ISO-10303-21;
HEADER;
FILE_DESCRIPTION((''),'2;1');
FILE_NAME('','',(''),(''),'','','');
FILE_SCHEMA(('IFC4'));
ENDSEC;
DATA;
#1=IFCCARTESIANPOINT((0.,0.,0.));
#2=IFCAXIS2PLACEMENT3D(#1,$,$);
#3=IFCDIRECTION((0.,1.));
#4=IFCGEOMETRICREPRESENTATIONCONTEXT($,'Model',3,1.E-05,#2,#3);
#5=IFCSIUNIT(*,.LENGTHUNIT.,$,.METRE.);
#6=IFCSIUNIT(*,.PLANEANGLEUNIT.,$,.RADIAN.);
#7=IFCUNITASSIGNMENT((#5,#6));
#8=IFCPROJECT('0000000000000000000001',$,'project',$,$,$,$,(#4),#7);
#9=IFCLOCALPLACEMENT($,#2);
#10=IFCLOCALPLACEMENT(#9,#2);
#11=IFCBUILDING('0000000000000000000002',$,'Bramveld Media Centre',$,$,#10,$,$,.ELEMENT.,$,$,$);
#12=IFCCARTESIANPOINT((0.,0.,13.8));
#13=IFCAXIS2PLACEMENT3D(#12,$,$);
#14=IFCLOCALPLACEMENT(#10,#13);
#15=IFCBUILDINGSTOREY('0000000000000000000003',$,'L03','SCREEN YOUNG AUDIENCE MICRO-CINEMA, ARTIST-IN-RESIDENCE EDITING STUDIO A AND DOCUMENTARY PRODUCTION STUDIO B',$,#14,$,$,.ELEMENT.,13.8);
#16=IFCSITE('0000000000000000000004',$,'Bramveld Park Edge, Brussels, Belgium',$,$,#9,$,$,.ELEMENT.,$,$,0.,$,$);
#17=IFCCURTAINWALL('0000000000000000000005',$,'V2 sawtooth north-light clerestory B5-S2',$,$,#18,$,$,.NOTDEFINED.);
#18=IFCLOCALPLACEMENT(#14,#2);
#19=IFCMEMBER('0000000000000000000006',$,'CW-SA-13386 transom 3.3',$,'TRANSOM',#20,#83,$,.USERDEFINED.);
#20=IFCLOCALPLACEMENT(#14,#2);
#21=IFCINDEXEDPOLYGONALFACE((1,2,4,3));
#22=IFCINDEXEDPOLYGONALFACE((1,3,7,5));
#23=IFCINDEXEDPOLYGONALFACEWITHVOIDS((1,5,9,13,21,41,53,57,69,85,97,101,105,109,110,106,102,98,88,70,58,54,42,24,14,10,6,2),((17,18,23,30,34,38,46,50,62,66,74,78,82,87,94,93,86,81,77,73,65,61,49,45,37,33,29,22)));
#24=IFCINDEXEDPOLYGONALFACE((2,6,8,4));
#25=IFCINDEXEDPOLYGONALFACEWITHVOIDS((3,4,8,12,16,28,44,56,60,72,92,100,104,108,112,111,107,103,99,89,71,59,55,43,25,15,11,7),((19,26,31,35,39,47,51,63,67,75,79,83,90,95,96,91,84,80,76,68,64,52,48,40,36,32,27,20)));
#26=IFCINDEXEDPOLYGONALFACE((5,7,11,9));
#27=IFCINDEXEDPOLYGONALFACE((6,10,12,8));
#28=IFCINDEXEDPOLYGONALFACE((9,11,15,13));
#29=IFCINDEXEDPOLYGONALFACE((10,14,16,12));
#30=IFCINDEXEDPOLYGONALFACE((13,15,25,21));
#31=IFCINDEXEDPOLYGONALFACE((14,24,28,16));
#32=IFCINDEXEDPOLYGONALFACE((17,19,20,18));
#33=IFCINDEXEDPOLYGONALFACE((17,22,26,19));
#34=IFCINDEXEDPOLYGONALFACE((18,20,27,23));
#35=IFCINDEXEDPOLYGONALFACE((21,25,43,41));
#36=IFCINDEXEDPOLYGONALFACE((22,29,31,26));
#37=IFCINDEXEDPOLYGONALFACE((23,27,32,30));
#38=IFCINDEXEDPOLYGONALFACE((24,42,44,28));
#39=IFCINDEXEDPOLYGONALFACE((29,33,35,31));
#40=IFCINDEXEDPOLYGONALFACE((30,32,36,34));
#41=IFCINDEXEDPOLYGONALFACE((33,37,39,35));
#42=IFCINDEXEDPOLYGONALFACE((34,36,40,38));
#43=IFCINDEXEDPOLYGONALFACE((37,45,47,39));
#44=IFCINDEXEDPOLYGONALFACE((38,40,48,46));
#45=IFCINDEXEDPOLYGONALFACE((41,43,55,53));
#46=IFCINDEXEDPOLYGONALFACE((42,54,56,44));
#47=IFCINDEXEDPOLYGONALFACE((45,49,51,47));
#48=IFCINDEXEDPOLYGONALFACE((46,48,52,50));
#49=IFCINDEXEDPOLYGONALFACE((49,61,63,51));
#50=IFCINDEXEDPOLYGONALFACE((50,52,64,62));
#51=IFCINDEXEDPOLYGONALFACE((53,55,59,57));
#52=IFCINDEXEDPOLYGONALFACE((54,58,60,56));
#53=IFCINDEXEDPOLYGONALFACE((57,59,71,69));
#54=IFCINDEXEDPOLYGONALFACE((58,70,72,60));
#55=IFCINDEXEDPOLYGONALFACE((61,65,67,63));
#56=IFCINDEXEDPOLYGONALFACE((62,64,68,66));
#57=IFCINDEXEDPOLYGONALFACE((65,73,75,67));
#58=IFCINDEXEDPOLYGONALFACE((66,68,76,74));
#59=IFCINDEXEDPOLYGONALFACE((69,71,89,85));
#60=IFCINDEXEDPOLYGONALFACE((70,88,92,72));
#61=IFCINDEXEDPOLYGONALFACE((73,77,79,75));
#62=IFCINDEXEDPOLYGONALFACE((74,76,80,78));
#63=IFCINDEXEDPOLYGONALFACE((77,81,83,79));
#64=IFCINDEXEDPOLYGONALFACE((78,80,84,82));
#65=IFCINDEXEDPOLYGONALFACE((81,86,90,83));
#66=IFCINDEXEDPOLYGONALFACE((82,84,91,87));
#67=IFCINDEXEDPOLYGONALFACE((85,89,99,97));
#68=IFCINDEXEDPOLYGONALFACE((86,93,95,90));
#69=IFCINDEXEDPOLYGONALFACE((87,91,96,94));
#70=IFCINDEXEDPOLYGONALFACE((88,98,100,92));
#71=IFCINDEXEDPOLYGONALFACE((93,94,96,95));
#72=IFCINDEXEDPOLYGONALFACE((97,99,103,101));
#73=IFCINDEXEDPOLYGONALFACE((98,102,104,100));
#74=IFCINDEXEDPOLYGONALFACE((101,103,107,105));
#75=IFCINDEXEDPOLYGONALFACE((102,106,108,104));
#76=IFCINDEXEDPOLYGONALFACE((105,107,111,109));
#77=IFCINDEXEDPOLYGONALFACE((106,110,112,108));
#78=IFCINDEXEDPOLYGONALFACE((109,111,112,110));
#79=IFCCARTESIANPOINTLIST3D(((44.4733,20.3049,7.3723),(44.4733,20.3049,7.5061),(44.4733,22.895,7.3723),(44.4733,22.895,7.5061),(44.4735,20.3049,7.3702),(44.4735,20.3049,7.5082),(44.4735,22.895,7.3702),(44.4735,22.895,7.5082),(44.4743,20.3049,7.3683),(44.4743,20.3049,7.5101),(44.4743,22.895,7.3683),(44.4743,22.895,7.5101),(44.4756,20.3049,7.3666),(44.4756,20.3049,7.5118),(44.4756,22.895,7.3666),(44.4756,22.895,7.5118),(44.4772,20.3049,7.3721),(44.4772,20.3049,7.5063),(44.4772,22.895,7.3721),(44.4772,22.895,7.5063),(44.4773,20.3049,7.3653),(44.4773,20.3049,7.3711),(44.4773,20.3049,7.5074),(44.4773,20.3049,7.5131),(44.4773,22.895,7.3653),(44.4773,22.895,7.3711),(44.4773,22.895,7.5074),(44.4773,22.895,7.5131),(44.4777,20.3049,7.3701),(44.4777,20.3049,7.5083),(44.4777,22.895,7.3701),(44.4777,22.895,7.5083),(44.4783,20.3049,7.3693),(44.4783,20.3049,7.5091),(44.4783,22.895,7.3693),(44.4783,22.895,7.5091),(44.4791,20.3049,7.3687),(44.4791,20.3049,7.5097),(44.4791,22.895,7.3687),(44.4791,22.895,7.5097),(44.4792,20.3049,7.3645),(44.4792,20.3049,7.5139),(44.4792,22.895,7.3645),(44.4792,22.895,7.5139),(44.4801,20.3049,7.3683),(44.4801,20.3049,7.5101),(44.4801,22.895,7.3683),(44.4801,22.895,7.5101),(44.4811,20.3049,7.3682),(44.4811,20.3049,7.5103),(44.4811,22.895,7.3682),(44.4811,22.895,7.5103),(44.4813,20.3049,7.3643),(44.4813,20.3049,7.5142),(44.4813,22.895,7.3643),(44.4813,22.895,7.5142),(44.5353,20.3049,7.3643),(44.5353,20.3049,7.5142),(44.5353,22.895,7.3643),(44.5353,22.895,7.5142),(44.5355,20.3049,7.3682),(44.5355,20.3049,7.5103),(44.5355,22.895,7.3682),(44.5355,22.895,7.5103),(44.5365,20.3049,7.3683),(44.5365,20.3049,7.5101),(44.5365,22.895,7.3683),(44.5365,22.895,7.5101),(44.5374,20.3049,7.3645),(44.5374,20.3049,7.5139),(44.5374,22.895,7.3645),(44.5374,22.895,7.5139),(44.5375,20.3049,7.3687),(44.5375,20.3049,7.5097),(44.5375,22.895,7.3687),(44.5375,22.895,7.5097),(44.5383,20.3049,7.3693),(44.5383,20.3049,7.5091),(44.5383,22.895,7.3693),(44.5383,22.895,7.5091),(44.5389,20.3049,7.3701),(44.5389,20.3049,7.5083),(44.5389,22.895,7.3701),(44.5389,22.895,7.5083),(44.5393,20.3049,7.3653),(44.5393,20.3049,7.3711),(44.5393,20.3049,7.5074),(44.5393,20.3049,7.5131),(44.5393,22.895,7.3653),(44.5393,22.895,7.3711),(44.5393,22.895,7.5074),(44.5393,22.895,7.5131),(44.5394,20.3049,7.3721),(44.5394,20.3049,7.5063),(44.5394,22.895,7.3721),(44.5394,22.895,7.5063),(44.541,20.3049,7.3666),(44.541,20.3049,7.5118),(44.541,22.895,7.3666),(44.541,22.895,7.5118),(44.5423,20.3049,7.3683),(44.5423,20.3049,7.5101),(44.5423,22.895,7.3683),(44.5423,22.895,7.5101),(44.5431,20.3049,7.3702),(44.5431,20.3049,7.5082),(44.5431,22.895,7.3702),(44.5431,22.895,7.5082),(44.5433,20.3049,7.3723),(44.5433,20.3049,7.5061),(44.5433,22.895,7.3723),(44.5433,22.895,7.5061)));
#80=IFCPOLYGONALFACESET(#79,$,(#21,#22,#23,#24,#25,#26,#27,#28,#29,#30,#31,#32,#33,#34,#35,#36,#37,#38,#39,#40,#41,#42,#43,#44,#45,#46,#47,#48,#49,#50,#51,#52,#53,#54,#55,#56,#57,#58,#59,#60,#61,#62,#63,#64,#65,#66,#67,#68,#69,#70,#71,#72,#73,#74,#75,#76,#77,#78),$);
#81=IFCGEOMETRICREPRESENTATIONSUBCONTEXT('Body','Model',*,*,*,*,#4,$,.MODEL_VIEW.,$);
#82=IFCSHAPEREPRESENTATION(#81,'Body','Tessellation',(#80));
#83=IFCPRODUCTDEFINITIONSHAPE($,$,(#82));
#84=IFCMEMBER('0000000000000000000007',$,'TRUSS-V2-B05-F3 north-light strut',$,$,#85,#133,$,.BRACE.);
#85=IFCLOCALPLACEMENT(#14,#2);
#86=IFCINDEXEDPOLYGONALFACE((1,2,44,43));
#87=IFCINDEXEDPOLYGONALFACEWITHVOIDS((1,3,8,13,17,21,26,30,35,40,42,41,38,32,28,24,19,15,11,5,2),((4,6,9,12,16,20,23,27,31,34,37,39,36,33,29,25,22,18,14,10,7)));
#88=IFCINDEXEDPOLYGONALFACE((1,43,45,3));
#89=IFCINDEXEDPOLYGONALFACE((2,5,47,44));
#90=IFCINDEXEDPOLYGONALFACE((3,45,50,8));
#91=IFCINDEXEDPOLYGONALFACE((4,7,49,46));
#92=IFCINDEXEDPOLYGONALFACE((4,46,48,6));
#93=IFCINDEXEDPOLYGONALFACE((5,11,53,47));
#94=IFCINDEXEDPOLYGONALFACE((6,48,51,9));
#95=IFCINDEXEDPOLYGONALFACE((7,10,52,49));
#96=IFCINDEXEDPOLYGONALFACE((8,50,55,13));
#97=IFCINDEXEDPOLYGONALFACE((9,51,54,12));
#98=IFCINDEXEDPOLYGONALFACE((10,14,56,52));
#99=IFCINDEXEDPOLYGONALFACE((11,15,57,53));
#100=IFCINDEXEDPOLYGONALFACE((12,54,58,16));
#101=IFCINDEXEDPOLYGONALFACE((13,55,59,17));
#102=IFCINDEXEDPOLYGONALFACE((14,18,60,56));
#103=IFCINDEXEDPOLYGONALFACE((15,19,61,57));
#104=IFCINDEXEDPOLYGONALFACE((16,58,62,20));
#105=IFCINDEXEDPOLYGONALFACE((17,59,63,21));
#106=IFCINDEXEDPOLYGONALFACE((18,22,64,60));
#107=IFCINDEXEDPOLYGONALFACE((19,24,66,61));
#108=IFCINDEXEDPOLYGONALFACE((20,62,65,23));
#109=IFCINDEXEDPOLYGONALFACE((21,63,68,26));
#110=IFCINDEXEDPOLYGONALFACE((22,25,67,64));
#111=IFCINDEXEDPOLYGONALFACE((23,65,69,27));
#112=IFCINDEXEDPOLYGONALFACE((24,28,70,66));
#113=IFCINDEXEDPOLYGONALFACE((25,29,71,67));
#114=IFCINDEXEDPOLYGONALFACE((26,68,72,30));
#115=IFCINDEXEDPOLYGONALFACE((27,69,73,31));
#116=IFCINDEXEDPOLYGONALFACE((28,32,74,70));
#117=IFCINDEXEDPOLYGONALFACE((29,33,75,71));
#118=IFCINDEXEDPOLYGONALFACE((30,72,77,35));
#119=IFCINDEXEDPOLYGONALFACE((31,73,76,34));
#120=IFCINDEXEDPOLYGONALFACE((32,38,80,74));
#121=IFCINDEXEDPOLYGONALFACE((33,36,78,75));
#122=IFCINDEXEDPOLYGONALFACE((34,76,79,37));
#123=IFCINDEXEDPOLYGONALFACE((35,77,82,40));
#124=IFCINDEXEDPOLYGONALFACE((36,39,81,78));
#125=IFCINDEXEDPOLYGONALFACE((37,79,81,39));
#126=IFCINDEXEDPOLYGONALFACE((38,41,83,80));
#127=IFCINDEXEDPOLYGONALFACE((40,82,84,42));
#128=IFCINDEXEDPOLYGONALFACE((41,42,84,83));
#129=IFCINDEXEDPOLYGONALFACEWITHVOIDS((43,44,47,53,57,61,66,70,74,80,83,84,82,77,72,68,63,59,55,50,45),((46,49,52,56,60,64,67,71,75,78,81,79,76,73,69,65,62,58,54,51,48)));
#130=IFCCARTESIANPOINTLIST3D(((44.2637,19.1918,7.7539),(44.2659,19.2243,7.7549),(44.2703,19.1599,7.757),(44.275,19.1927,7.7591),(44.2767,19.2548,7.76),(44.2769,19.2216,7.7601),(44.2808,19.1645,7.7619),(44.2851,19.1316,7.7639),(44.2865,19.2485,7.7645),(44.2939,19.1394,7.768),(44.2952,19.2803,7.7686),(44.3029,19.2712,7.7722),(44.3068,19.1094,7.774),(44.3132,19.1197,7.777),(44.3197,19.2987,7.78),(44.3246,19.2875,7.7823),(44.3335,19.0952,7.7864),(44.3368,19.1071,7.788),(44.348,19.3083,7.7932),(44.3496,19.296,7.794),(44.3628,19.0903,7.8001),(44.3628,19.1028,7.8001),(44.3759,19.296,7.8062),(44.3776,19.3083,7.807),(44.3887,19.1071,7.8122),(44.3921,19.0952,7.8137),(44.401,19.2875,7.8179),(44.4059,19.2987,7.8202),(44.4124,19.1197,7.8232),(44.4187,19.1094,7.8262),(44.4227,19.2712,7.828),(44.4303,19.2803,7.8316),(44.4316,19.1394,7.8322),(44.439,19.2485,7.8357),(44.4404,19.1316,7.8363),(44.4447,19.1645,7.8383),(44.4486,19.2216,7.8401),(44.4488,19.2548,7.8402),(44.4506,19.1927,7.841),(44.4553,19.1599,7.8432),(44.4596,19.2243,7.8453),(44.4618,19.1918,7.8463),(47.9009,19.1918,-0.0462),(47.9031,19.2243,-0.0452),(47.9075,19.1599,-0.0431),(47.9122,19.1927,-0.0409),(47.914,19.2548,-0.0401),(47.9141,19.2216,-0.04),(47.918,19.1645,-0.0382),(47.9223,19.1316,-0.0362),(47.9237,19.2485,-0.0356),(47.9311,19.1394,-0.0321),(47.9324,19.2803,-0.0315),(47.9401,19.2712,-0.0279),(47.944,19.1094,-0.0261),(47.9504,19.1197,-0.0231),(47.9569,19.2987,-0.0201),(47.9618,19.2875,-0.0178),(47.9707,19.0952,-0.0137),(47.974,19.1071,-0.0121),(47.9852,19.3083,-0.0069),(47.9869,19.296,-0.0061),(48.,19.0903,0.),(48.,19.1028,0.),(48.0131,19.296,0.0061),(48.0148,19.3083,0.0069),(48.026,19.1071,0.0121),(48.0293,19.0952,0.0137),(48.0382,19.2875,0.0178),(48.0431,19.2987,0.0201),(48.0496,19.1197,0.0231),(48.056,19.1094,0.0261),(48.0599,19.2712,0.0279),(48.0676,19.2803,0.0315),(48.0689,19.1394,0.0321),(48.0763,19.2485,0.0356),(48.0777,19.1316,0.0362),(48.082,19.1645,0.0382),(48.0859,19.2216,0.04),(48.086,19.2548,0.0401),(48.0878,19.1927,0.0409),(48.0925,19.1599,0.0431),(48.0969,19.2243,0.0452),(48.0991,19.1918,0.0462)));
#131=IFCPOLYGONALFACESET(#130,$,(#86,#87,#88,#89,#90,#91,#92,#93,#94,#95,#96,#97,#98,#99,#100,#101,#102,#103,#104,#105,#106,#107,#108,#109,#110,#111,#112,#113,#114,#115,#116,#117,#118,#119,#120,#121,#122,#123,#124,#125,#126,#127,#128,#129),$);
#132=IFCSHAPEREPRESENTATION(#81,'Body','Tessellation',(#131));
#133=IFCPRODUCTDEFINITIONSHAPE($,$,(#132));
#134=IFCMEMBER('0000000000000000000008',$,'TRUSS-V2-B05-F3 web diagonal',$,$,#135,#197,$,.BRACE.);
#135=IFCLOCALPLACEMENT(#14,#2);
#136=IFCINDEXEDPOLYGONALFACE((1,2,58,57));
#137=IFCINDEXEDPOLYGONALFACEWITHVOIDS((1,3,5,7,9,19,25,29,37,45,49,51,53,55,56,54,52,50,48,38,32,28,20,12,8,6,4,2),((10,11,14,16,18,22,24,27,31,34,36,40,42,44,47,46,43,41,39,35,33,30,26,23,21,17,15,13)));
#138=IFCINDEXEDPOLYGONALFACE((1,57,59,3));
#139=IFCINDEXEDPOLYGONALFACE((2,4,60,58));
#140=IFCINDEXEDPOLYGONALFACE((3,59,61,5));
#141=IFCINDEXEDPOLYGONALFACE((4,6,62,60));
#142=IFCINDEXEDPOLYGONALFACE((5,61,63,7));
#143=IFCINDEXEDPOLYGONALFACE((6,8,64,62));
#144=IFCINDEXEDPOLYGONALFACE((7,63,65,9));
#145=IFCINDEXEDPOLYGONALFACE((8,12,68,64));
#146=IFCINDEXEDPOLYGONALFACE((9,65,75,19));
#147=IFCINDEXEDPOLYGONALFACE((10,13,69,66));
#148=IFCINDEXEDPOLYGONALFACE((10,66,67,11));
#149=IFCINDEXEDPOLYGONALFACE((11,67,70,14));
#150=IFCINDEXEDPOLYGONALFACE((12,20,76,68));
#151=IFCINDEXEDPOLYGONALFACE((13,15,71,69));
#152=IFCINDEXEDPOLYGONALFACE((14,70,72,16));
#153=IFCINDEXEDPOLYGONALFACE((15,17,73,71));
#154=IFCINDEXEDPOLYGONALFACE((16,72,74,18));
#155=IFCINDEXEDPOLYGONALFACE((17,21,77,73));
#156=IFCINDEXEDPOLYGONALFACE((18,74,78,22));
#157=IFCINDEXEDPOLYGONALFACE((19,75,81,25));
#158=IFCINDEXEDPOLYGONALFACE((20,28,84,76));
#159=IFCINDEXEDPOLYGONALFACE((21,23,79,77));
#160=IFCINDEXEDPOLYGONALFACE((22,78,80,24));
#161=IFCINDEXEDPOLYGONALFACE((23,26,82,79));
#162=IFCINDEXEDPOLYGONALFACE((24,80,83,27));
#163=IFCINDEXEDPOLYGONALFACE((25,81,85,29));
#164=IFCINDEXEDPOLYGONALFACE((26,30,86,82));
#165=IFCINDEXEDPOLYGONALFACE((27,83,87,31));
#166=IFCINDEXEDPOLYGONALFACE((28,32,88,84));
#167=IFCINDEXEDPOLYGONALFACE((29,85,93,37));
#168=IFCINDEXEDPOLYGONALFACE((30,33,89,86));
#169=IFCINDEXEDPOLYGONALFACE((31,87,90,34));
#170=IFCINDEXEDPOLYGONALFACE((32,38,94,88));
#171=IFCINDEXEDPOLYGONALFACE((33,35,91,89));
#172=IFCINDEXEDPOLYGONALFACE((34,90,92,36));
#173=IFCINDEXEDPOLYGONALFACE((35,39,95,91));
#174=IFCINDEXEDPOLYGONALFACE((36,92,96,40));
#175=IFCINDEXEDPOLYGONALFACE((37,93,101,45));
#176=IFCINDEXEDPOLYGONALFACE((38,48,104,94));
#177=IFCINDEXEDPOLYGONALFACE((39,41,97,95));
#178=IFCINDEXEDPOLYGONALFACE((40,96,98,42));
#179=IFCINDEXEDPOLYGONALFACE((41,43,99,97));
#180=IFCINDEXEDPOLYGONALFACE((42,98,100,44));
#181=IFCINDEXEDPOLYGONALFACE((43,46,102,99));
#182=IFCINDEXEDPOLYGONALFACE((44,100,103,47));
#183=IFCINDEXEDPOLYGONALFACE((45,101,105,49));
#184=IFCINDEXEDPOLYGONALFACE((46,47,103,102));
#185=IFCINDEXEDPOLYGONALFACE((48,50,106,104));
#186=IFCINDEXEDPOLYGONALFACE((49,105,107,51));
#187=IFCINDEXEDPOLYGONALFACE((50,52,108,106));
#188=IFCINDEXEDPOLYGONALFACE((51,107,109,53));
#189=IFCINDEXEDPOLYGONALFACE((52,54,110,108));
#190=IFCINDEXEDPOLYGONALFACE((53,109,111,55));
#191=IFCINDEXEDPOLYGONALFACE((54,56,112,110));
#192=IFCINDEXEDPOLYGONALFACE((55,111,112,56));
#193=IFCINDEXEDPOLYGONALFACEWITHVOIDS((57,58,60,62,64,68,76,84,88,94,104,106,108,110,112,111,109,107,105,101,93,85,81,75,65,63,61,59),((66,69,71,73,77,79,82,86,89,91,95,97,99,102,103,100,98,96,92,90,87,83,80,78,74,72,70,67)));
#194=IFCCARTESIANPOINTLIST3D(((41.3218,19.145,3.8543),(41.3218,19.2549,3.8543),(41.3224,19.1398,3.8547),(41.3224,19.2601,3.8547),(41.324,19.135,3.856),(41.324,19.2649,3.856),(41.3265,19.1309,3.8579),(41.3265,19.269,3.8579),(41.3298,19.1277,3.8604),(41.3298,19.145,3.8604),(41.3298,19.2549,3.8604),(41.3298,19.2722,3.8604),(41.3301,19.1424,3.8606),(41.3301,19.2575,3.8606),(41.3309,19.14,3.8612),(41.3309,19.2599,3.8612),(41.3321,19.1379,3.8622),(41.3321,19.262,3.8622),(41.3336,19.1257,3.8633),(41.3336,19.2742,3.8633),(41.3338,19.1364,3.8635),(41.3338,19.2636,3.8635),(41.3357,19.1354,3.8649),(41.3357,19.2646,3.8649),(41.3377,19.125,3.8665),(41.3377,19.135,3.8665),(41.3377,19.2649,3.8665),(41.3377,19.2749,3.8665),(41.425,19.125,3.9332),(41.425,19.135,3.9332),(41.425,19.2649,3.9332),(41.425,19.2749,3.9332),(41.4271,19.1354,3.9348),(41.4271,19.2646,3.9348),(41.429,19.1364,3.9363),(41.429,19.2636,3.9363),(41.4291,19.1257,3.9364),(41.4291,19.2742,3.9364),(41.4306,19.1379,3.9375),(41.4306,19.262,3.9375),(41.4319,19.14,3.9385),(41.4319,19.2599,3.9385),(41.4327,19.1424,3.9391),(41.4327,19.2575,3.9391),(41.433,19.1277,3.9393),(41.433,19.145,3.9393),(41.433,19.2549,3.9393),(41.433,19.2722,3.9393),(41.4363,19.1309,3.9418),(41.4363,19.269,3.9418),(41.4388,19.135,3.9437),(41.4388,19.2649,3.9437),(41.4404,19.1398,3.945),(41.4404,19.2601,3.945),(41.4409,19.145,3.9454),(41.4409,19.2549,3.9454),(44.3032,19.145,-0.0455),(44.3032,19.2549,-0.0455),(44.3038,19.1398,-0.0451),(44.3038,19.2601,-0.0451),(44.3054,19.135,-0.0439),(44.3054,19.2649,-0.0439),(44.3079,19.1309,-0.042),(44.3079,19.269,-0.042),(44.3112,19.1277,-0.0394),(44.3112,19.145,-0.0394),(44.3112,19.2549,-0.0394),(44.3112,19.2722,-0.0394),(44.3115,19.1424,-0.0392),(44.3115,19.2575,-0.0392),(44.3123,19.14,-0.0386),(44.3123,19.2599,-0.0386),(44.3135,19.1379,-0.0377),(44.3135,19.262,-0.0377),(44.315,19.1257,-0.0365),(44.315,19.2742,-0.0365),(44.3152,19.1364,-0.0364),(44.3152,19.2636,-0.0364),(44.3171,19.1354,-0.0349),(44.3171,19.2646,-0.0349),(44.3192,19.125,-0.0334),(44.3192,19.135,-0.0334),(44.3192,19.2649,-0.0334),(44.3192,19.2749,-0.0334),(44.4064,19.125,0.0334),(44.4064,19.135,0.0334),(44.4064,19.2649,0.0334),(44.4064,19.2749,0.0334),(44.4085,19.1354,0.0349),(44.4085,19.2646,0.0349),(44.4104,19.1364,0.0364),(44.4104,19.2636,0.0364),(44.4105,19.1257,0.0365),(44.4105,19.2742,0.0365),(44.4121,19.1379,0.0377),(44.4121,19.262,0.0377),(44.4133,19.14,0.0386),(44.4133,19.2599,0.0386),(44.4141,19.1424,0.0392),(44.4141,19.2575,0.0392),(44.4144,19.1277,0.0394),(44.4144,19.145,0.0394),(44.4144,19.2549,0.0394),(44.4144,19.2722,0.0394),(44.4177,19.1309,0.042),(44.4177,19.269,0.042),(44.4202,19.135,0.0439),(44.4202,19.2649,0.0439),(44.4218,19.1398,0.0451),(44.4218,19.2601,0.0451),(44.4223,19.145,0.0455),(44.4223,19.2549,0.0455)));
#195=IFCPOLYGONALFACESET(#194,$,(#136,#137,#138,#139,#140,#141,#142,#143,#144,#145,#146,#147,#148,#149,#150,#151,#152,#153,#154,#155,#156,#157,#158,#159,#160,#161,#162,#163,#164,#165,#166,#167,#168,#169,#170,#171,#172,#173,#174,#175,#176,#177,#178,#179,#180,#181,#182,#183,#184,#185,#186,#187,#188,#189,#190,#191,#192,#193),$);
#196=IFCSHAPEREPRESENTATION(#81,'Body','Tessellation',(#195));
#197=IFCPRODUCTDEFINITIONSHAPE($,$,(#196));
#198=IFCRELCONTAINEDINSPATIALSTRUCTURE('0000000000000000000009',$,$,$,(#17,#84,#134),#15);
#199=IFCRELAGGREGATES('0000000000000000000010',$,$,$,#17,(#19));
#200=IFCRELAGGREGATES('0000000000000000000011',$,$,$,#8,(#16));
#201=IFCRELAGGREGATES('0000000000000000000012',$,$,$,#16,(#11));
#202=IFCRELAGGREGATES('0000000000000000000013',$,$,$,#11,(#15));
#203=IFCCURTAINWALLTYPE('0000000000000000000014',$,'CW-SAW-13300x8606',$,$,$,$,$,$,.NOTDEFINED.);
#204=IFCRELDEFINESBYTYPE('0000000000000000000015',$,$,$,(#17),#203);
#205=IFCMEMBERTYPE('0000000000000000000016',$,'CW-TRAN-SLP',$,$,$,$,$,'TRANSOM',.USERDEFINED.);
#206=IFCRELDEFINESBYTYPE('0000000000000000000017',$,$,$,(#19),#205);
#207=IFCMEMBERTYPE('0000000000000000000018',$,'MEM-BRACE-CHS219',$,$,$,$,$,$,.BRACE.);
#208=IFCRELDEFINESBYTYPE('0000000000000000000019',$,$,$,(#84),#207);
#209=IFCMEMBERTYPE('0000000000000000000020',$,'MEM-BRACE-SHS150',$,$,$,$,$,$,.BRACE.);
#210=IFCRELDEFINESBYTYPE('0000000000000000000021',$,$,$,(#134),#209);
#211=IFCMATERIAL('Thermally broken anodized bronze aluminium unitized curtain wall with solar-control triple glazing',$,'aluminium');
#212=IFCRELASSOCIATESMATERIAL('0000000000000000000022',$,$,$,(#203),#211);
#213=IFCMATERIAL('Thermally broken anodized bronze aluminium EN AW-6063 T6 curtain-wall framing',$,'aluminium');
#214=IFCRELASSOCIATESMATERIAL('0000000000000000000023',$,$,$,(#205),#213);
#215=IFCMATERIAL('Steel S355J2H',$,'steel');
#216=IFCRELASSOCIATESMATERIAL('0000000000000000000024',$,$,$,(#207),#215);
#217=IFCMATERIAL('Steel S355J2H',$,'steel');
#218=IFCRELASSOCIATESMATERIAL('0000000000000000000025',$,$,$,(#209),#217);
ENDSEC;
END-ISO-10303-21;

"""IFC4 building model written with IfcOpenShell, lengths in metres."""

from ifc_helpers import new_model, si_unit, direction, frame, origin, origin_2d, place, context, subcontext, project, spatial, hollow_rectangle, hollow_circle, extrude, material, material_profile, profile_set, type_object, element, aggregate, save


model = new_model("IFC4")

# Units and contexts
model_context = context("Model", 3, precision=1e-05, world=origin(), true_north=direction((0.0, 1.0)))
body_context = subcontext(model_context, "Body", "Model", "MODEL_VIEW")
ifc_project = project(units=[si_unit("LENGTHUNIT", "METRE"), si_unit("PLANEANGLEUNIT", "RADIAN")], contexts=[model_context])

# Site, building, storey
site_placement = place(None, origin())
site = spatial("IfcSite", under=ifc_project, at=site_placement, Name="Bramveld Park Edge, Brussels, Belgium", CompositionType="ELEMENT", RefElevation=0.0)
building_placement = place(site_placement, origin())
building = spatial("IfcBuilding", under=site, at=building_placement, Name="Bramveld Media Centre", CompositionType="ELEMENT")
storey_placement = place(building_placement, frame((0.0, 0.0, 13.8)))
storey = spatial("IfcBuildingStorey", under=building, at=storey_placement, Name="L03", Description="SCREEN YOUNG AUDIENCE MICRO-CINEMA, ARTIST-IN-RESIDENCE EDITING STUDIO A AND DOCUMENTARY PRODUCTION STUDIO B", CompositionType="ELEMENT", Elevation=13.8)

# Curtain wall, member
ifc_material_1 = material(Name="Thermally broken anodized bronze aluminium unitized curtain wall with solar-control triple glazing", Category="aluminium")
curtain_wall_type = type_object("IfcCurtainWallType", Name="CW-SAW-13300x8606", PredefinedType="NOTDEFINED", material=ifc_material_1)
curtain_wall_placement = place(storey_placement, origin())
curtain_wall = element("IfcCurtainWall", 1, at=curtain_wall_placement, inside=storey, type_object=curtain_wall_type, Name="V2 sawtooth north-light clerestory B5-S2", PredefinedType="NOTDEFINED")
ifc_material_2 = material(Name="Thermally broken anodized bronze aluminium EN AW-6063 T6 curtain-wall framing", Category="aluminium")
ifc_material_profile_1 = material_profile(ifc_material_2, hollow_rectangle(XDim=0.0701, YDim=0.1499, WallThickness=0.0039, InnerFilletRadius=0.0039, OuterFilletRadius=0.0081, at=origin_2d()), Name="AL-TRAN 70x150")
ifc_profile_set_1 = profile_set([ifc_material_profile_1], Name="Thermally broken anodized bronze aluminium EN AW-6063 T6 curtain-wall framing")
member_type_1 = type_object("IfcMemberType", Name="CW-TRAN-SLP", ElementType="TRANSOM", PredefinedType="USERDEFINED", material=ifc_profile_set_1)
member_1_placement = place(storey_placement, frame((44.5083, 20.3049, 7.4392), z_axis=(0.0, 1.0, 0.0), x_axis=(-1.0, 0.0, 0.0)))
member_1 = element("IfcMember", 2, at=member_1_placement, type_object=member_type_1, Name="CW-SA-13386 transom 3.3", ObjectType="TRANSOM", PredefinedType="USERDEFINED", context=body_context, shape_type="SweptSolid", body=[
    extrude(hollow_rectangle(XDim=0.0701, YDim=0.1499, WallThickness=0.0039, InnerFilletRadius=0.0039, OuterFilletRadius=0.0081, at=origin_2d()), origin(), (0.0, 0.0, 1.0), 2.5901),
])

# Members
ifc_material_3 = material(Name="Steel S355J2H", Category="steel")
ifc_material_profile_2 = material_profile(ifc_material_3, hollow_circle(Radius=0.1096, WallThickness=0.0125, at=origin_2d()), Name="CHS 219.1x12.5")
ifc_profile_set_2 = profile_set([ifc_material_profile_2], Name="Steel S355J2H")
member_type_2 = type_object("IfcMemberType", Name="MEM-BRACE-CHS219", PredefinedType="BRACE", material=ifc_profile_set_2)
member_2_placement = place(storey_placement, frame((48.0, 19.2, 0.0), z_axis=(-0.422617, 0.0, 0.906308), x_axis=(0.0, -1.0, 0.0)))
element("IfcMember", 3, at=member_2_placement, inside=storey, type_object=member_type_2, Name="TRUSS-V2-B05-F3 north-light strut", PredefinedType="BRACE", context=body_context, shape_type="SweptSolid", body=[
    extrude(hollow_circle(Radius=0.1096, WallThickness=0.0125, at=origin_2d()), origin(), (0.0, 0.0, 1.0), 8.6064),
])
ifc_material_4 = material(Name="Steel S355J2H", Category="steel")
ifc_material_profile_3 = material_profile(ifc_material_4, hollow_rectangle(XDim=0.1499, YDim=0.1499, WallThickness=0.01, InnerFilletRadius=0.01, OuterFilletRadius=0.02, at=origin_2d()), Name="SHS 150x150x10")
ifc_profile_set_3 = profile_set([ifc_material_profile_3], Name="Steel S355J2H")
member_type_3 = type_object("IfcMemberType", Name="MEM-BRACE-SHS150", PredefinedType="BRACE", material=ifc_profile_set_3)
member_3_placement = place(storey_placement, frame((44.3628, 19.2, 0.0), z_axis=(-0.607343, 0.0, 0.79444), x_axis=(0.0, -1.0, 0.0)))
element("IfcMember", 4, at=member_3_placement, inside=storey, type_object=member_type_3, Name="TRUSS-V2-B05-F3 web diagonal", PredefinedType="BRACE", context=body_context, shape_type="SweptSolid", body=[
    extrude(hollow_rectangle(XDim=0.1499, YDim=0.1499, WallThickness=0.01, InnerFilletRadius=0.01, OuterFilletRadius=0.02, at=origin_2d()), origin(), (0.0, 0.0, 1.0), 4.9089),
])

aggregate(curtain_wall, [member_1])

save(model, "model.ifc")
